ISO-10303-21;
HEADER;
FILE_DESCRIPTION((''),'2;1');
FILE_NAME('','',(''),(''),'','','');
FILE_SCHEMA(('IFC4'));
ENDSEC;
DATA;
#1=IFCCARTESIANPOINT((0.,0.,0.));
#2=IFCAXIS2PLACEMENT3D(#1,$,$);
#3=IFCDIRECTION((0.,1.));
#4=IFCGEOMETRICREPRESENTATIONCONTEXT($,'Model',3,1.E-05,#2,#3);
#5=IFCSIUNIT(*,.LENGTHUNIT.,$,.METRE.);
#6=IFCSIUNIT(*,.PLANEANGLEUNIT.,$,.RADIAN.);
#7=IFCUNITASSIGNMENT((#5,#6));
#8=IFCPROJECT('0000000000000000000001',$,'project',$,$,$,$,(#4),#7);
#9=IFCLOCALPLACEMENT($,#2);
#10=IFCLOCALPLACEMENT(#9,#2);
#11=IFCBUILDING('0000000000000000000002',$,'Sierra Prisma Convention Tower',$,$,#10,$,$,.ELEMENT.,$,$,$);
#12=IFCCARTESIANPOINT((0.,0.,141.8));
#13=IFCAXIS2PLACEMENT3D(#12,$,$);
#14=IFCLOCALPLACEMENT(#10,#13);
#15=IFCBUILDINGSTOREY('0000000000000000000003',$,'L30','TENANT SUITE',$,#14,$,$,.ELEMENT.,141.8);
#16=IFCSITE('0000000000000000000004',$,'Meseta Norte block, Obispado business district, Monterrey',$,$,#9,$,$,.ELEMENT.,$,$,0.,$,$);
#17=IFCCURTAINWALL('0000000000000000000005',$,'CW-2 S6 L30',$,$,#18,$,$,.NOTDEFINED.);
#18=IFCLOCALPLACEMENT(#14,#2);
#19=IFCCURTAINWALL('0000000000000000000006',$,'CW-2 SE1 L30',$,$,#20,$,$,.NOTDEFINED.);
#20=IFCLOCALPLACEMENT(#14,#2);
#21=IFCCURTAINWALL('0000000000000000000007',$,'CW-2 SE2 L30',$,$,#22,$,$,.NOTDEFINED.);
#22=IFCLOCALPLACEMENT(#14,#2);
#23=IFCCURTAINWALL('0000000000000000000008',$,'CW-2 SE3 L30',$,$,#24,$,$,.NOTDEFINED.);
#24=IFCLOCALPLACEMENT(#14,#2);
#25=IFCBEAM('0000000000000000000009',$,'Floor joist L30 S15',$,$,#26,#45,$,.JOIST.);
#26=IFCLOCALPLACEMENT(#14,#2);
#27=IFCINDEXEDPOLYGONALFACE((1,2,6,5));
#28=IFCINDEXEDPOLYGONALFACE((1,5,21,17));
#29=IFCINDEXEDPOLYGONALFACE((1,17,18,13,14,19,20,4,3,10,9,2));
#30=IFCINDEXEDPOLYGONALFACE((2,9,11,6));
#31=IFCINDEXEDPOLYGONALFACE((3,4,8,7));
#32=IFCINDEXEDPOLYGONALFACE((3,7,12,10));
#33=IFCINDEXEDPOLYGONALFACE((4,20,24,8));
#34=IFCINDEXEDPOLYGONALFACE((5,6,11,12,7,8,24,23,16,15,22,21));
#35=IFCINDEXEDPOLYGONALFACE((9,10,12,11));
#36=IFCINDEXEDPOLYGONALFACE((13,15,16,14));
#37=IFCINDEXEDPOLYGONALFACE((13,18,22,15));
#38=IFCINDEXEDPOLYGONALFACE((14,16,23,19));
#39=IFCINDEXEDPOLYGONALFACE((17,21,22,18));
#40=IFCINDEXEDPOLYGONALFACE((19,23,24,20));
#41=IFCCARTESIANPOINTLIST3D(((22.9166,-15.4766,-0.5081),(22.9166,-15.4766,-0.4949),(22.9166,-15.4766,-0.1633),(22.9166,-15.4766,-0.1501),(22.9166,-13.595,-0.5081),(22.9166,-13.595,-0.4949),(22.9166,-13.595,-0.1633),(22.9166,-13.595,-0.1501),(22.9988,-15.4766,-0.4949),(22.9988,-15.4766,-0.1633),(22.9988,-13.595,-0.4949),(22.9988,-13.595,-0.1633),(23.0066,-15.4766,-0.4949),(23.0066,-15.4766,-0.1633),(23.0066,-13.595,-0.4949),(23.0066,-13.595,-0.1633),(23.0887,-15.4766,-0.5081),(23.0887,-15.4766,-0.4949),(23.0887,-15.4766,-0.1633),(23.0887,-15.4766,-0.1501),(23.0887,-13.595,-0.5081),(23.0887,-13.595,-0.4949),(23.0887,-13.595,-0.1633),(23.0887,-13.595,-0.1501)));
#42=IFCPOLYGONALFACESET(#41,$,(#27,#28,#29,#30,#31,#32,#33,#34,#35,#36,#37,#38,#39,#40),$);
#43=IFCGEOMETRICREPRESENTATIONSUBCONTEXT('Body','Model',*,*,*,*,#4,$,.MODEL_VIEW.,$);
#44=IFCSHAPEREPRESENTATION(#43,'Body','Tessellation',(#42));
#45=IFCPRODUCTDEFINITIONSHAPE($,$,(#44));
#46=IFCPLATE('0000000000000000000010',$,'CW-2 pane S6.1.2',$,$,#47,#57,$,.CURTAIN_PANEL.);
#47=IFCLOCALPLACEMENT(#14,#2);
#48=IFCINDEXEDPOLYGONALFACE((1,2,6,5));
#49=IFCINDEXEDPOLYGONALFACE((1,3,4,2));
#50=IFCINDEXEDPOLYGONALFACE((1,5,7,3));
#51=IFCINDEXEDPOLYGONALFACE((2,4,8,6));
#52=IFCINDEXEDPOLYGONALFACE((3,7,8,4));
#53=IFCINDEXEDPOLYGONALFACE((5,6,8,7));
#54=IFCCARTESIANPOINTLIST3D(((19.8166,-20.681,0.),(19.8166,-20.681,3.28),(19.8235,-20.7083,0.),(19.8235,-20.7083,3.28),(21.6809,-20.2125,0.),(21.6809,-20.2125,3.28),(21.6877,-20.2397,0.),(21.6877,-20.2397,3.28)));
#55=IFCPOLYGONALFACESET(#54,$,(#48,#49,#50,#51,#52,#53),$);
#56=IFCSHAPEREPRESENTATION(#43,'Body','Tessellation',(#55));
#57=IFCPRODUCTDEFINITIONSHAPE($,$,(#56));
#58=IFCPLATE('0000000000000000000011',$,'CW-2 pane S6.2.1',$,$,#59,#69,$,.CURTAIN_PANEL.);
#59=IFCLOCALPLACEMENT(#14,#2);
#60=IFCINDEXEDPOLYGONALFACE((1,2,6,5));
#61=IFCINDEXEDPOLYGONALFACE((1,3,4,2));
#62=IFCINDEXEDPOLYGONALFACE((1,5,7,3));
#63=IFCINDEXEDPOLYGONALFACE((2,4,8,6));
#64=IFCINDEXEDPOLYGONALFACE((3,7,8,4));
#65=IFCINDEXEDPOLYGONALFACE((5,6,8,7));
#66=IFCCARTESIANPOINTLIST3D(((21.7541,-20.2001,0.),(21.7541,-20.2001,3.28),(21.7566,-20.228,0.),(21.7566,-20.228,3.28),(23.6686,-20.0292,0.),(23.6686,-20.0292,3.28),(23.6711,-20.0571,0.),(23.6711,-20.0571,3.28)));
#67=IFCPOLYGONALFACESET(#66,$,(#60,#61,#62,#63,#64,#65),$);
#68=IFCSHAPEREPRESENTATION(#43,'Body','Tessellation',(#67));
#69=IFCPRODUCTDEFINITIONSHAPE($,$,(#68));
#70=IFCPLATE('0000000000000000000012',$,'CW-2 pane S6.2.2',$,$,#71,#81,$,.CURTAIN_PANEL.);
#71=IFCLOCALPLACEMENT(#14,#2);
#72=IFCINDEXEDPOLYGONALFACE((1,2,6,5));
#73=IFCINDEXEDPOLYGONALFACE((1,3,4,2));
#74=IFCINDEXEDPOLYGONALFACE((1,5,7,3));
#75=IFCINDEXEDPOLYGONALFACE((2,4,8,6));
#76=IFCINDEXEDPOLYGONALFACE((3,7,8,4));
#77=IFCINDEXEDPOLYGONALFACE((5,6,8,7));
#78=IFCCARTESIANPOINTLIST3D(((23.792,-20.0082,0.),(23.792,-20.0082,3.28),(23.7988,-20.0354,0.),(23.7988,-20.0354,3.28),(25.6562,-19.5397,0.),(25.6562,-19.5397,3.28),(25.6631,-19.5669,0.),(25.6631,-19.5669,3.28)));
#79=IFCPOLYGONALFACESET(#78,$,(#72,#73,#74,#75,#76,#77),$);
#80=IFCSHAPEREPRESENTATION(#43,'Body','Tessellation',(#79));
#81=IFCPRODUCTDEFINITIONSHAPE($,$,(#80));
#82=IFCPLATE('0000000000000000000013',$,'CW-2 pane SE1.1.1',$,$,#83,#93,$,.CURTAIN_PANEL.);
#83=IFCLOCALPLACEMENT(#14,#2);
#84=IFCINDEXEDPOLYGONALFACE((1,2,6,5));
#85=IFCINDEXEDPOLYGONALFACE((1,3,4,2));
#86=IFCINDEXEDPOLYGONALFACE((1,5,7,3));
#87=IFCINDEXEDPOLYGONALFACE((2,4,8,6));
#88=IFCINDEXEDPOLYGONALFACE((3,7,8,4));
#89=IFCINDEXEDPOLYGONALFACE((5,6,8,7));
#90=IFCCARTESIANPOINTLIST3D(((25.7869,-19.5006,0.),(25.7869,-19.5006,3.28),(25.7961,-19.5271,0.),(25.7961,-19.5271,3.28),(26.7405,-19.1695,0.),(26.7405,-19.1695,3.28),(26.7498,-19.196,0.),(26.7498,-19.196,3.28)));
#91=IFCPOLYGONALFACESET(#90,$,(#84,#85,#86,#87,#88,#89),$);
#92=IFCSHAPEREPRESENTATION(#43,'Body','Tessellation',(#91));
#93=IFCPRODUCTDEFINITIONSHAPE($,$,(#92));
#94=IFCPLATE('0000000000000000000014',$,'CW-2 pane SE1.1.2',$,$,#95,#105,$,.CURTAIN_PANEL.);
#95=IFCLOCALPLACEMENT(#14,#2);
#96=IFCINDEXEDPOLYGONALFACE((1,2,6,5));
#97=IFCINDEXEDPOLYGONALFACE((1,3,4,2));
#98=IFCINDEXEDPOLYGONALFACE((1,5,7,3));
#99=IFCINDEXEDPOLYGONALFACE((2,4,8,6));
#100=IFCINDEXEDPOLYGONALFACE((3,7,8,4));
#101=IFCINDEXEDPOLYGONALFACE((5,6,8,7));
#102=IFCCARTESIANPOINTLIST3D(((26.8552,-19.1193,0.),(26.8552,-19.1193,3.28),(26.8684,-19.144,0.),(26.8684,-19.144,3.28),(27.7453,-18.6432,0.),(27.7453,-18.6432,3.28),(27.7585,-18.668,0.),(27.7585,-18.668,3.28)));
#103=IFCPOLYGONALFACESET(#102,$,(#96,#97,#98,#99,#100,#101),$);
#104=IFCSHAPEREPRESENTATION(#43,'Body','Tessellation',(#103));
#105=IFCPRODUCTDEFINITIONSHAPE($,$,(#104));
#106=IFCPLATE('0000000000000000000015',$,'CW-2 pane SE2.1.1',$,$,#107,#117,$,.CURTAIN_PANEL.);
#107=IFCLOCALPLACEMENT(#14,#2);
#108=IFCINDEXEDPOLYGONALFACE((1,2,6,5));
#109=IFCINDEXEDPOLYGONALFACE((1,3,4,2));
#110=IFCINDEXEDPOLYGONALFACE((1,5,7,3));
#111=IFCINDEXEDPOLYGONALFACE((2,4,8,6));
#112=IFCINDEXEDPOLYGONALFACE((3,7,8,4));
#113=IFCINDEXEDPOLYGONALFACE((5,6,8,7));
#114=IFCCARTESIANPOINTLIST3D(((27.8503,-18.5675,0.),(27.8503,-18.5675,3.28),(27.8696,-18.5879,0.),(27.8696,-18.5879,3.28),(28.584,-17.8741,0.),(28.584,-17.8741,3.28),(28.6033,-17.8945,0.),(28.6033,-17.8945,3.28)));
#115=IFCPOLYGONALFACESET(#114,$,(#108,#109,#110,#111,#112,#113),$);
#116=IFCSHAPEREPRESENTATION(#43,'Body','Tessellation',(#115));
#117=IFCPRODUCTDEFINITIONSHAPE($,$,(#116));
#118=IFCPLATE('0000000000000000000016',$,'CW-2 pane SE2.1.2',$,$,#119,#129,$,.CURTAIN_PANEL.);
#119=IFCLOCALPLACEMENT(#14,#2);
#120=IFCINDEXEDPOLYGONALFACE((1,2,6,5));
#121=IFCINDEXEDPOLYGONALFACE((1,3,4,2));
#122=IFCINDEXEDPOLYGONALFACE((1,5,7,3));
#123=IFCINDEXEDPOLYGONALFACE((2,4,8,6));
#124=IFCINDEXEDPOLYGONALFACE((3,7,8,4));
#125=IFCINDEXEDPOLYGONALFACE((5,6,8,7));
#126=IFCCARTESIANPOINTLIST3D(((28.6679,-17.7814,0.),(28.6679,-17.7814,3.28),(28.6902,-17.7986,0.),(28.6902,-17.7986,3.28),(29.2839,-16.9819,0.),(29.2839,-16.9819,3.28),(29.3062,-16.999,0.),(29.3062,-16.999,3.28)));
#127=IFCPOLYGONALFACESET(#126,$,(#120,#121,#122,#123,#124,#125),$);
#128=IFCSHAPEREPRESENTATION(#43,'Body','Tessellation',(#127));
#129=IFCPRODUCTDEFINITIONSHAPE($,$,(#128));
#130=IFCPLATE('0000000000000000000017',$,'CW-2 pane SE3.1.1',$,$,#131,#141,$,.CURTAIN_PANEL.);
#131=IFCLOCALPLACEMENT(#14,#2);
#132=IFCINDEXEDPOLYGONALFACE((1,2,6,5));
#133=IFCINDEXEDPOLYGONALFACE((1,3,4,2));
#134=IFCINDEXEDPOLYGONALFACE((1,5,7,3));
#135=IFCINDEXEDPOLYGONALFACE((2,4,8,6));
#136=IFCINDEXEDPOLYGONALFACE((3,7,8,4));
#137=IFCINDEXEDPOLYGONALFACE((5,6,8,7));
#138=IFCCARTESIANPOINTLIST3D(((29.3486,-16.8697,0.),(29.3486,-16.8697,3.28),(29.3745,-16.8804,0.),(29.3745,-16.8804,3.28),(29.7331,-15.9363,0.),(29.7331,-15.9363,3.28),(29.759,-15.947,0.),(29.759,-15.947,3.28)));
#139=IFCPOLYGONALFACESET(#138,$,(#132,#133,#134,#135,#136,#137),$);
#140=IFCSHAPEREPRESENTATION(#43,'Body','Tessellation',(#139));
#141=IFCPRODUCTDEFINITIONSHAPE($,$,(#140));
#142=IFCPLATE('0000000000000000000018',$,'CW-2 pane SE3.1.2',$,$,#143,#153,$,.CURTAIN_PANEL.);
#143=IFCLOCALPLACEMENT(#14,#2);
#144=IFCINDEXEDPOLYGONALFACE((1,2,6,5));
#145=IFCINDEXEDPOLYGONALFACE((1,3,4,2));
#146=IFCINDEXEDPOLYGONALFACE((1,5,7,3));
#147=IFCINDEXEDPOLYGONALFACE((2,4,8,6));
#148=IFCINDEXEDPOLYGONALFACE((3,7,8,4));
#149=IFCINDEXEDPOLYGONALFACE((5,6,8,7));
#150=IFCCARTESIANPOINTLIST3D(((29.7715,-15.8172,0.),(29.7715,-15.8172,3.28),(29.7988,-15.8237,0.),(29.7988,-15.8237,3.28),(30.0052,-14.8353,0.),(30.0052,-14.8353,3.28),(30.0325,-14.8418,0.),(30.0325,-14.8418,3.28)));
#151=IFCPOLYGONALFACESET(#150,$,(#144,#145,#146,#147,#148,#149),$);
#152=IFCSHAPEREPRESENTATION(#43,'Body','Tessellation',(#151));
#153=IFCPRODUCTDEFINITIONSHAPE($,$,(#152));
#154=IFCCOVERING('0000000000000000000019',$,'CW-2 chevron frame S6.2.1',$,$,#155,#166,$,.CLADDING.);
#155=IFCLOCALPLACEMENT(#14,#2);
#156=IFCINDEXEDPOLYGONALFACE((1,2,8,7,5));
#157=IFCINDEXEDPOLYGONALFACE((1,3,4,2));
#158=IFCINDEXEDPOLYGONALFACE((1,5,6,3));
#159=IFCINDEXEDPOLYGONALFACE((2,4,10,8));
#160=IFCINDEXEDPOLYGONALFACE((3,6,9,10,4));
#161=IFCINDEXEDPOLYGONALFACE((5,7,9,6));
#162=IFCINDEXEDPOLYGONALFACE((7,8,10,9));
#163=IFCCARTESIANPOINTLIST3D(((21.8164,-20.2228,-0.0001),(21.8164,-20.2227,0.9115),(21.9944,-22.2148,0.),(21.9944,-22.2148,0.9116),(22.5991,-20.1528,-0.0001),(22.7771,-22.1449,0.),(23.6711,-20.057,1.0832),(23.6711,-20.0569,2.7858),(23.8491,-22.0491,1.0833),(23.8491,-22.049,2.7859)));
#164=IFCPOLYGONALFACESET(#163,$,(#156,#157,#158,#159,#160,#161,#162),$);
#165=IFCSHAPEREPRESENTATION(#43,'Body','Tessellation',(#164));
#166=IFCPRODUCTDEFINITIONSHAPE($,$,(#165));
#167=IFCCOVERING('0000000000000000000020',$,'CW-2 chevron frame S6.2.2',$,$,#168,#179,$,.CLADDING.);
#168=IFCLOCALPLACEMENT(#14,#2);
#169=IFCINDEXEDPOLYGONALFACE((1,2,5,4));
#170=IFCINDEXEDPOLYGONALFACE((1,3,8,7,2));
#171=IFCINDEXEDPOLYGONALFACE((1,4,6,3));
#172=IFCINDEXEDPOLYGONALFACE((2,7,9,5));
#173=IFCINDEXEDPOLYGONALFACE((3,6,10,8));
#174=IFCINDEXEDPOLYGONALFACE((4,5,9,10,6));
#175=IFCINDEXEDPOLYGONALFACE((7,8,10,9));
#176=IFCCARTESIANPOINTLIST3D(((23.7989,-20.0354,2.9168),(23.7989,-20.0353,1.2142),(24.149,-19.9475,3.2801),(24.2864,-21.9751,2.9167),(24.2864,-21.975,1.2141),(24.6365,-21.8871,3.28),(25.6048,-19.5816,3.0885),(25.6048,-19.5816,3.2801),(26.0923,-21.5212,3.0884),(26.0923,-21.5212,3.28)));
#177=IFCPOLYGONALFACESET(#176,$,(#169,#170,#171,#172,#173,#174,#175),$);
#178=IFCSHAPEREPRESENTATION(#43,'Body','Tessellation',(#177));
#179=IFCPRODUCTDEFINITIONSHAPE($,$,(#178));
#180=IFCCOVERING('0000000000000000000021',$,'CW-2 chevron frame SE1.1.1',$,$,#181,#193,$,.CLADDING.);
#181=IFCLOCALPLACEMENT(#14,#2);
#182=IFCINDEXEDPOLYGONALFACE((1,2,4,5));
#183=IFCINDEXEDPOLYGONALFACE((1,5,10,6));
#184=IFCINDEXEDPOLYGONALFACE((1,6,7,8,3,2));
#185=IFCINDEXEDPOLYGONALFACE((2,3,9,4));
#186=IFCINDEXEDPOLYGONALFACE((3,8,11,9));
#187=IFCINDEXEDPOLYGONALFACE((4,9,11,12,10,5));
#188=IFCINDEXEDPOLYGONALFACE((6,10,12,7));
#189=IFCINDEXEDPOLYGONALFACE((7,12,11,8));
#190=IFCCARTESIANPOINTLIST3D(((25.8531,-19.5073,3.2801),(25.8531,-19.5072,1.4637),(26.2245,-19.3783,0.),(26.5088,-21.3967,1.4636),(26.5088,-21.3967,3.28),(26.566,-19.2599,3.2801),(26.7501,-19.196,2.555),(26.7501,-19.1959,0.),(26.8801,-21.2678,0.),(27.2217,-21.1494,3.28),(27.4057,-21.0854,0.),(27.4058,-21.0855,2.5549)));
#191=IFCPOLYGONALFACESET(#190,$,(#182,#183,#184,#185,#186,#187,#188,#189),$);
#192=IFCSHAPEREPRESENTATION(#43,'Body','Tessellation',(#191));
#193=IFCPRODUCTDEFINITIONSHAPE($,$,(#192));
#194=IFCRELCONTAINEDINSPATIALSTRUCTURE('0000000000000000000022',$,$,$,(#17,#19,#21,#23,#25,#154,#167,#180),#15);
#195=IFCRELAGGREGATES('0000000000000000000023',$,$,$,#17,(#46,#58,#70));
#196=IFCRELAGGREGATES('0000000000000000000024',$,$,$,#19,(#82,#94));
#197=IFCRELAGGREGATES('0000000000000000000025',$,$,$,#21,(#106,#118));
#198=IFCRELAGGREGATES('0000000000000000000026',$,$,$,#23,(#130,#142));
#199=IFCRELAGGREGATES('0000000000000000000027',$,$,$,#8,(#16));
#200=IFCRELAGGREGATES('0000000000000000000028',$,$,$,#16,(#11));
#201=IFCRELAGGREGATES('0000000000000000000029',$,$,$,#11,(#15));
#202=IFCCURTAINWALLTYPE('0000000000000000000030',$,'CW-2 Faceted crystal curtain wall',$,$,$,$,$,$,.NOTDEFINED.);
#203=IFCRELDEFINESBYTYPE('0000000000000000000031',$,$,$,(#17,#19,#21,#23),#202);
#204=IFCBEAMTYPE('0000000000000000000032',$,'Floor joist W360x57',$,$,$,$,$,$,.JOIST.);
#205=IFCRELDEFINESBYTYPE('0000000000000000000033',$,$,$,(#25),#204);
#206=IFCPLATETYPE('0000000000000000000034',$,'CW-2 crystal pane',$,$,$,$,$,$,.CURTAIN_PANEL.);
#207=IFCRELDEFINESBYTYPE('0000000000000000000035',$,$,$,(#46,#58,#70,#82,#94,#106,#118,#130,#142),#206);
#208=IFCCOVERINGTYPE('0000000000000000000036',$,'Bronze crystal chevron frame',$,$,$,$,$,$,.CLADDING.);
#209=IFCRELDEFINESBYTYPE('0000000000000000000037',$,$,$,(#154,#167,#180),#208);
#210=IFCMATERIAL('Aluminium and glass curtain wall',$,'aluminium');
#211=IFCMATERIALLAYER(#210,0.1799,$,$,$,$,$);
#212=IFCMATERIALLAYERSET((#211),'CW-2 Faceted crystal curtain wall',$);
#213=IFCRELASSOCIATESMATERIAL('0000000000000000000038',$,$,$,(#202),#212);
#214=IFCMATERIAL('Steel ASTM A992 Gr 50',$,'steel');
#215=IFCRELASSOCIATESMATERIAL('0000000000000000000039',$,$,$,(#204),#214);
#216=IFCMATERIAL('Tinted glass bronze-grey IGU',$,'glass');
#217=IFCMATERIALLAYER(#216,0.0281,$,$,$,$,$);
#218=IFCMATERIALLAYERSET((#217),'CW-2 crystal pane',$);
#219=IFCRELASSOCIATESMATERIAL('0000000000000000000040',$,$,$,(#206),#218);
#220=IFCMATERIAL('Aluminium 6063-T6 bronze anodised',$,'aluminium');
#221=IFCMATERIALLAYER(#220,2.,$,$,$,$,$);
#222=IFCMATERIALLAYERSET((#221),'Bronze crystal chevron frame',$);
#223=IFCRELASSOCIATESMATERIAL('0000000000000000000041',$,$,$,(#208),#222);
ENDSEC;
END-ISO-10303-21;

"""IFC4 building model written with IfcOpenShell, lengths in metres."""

from ifc_helpers import new_model, si_unit, direction, frame, origin, origin_2d, place, context, subcontext, project, spatial, polyline, i_section, outline, extrude, material, layer, layer_set, material_profile, profile_set, type_object, element, aggregate, save


model = new_model("IFC4")

# Units and contexts
model_context = context("Model", 3, precision=1e-05, world=origin(), true_north=direction((0.0, 1.0)))
body_context = subcontext(model_context, "Body", "Model", "MODEL_VIEW")
ifc_project = project(units=[si_unit("LENGTHUNIT", "METRE"), si_unit("PLANEANGLEUNIT", "RADIAN")], contexts=[model_context])

# Site, building, storey
site_placement = place(None, origin())
site = spatial("IfcSite", under=ifc_project, at=site_placement, Name="Meseta Norte block, Obispado business district, Monterrey", CompositionType="ELEMENT", RefElevation=0.0)
building_placement = place(site_placement, origin())
building = spatial("IfcBuilding", under=site, at=building_placement, Name="Sierra Prisma Convention Tower", CompositionType="ELEMENT")
storey_placement = place(building_placement, frame((0.0, 0.0, 141.8)))
storey = spatial("IfcBuildingStorey", under=building, at=storey_placement, Name="L30", Description="TENANT SUITE", CompositionType="ELEMENT", Elevation=141.8)

# Curtain walls
ifc_material_1 = material(Name="Aluminium and glass curtain wall", Category="aluminium")
ifc_layer_1 = layer(ifc_material_1, 0.1799)
ifc_layer_set_1 = layer_set([ifc_layer_1], Name="CW-2 Faceted crystal curtain wall")
curtain_wall_type = type_object("IfcCurtainWallType", Name="CW-2 Faceted crystal curtain wall", PredefinedType="NOTDEFINED", material=ifc_layer_set_1)
curtain_wall_1_placement = place(storey_placement, origin())
curtain_wall_1 = element("IfcCurtainWall", 1, at=curtain_wall_1_placement, inside=storey, type_object=curtain_wall_type, Name="CW-2 S6 L30", PredefinedType="NOTDEFINED")
curtain_wall_2_placement = place(storey_placement, origin())
curtain_wall_2 = element("IfcCurtainWall", 2, at=curtain_wall_2_placement, inside=storey, type_object=curtain_wall_type, Name="CW-2 SE1 L30", PredefinedType="NOTDEFINED")
curtain_wall_3_placement = place(storey_placement, origin())
curtain_wall_3 = element("IfcCurtainWall", 3, at=curtain_wall_3_placement, inside=storey, type_object=curtain_wall_type, Name="CW-2 SE2 L30", PredefinedType="NOTDEFINED")
curtain_wall_4_placement = place(storey_placement, origin())
curtain_wall_4 = element("IfcCurtainWall", 4, at=curtain_wall_4_placement, inside=storey, type_object=curtain_wall_type, Name="CW-2 SE3 L30", PredefinedType="NOTDEFINED")

# Beam
ifc_material_2 = material(Name="Steel ASTM A992 Gr 50", Category="steel")
ifc_material_profile_1 = material_profile(ifc_material_2, i_section(OverallWidth=0.1721, OverallDepth=0.3579, WebThickness=0.0078, FlangeThickness=0.0132, at=origin_2d()), Name="W360x57")
ifc_profile_set_1 = profile_set([ifc_material_profile_1], Name="Steel ASTM A992 Gr 50")
beam_type = type_object("IfcBeamType", Name="Floor joist W360x57", PredefinedType="JOIST", material=ifc_profile_set_1)
beam_placement = place(storey_placement, frame((23.0027, -15.4766, -0.3291), z_axis=(0.0, 1.0, 0.0), x_axis=(-1.0, 0.0, 0.0)))
element("IfcBeam", 5, at=beam_placement, inside=storey, type_object=beam_type, Name="Floor joist L30 S15", PredefinedType="JOIST", context=body_context, shape_type="SweptSolid", body=[
    extrude(i_section(OverallWidth=0.1721, OverallDepth=0.3579, WebThickness=0.0078, FlangeThickness=0.0132, at=origin_2d()), origin(), (0.0, 0.0, 1.0), 1.8816),
])

# Plates
ifc_material_3 = material(Name="Tinted glass bronze-grey IGU", Category="glass")
ifc_layer_2 = layer(ifc_material_3, 0.0281)
ifc_layer_set_2 = layer_set([ifc_layer_2], Name="CW-2 crystal pane")
plate_type = type_object("IfcPlateType", Name="CW-2 crystal pane", PredefinedType="CURTAIN_PANEL", material=ifc_layer_set_2)
plate_1_placement = place(storey_placement, frame((21.6877, -20.2397, 0.0), z_axis=(0.243731, -0.969843, 0.0), x_axis=(-0.969843, -0.243731, 0.0)))
plate_1 = element("IfcPlate", 6, at=plate_1_placement, type_object=plate_type, Name="CW-2 pane S6.1.2", PredefinedType="CURTAIN_PANEL", context=body_context, shape_type="SweptSolid", body=[
    extrude(outline(polyline([(0.0, 0.0), (1.9222, 0.0), (1.9222, -3.28), (0.0, -3.28), (0.0, 0.0)])), origin(), (0.0, 0.0, -1.0), 0.0281),
])
plate_2_placement = place(storey_placement, frame((21.7566, -20.228, 0.0), z_axis=(0.088909, -0.99604, 0.0), x_axis=(0.99604, 0.088909, 0.0)))
plate_2 = element("IfcPlate", 7, at=plate_2_placement, type_object=plate_type, Name="CW-2 pane S6.2.1", PredefinedType="CURTAIN_PANEL", context=body_context, shape_type="SweptSolid", body=[
    extrude(outline(polyline([(0.0, 0.0), (1.9222, 0.0), (1.9222, 3.28), (0.0, 3.28), (0.0, 0.0)])), origin(), (0.0, 0.0, -1.0), 0.0281),
])
plate_3_placement = place(storey_placement, frame((25.6631, -19.5669, 0.0), z_axis=(0.243731, -0.969843, 0.0), x_axis=(-0.969843, -0.243731, 0.0)))
plate_3 = element("IfcPlate", 8, at=plate_3_placement, type_object=plate_type, Name="CW-2 pane S6.2.2", PredefinedType="CURTAIN_PANEL", context=body_context, shape_type="SweptSolid", body=[
    extrude(outline(polyline([(0.0, 0.0), (1.9222, 0.0), (1.9222, -3.28), (0.0, -3.28), (0.0, 0.0)])), origin(), (0.0, 0.0, -1.0), 0.0281),
])
aggregate(curtain_wall_1, [plate_1, plate_2, plate_3])
plate_4_placement = place(storey_placement, frame((25.7961, -19.5271, 0.0), z_axis=(0.327958, -0.944692, 0.0), x_axis=(0.944692, 0.327958, 0.0)))
plate_4 = element("IfcPlate", 9, at=plate_4_placement, type_object=plate_type, Name="CW-2 pane SE1.1.1", PredefinedType="CURTAIN_PANEL", context=body_context, shape_type="SweptSolid", body=[
    extrude(outline(polyline([(0.0, 0.0), (1.0094, 0.0), (1.0094, 3.28), (0.0, 3.28), (0.0, 0.0)])), origin(), (0.0, 0.0, -1.0), 0.0281),
])
plate_5_placement = place(storey_placement, frame((27.7585, -18.668, 0.0), z_axis=(0.471617, -0.881803, 0.0), x_axis=(-0.881803, -0.471617, 0.0)))
plate_5 = element("IfcPlate", 10, at=plate_5_placement, type_object=plate_type, Name="CW-2 pane SE1.1.2", PredefinedType="CURTAIN_PANEL", context=body_context, shape_type="SweptSolid", body=[
    extrude(outline(polyline([(0.0, 0.0), (1.0095, 0.0), (1.0095, -3.28), (0.0, -3.28), (0.0, 0.0)])), origin(), (0.0, 0.0, -1.0), 0.0281),
])
aggregate(curtain_wall_2, [plate_4, plate_5])
plate_6_placement = place(storey_placement, frame((27.8696, -18.5879, 0.0), z_axis=(0.686872, -0.726778, 0.0), x_axis=(0.726778, 0.686872, 0.0)))
plate_6 = element("IfcPlate", 11, at=plate_6_placement, type_object=plate_type, Name="CW-2 pane SE2.1.1", PredefinedType="CURTAIN_PANEL", context=body_context, shape_type="SweptSolid", body=[
    extrude(outline(polyline([(0.0, 0.0), (1.0094, 0.0), (1.0094, 3.28), (0.0, 3.28), (0.0, 0.0)])), origin(), (0.0, 0.0, -1.0), 0.0281),
])
plate_7_placement = place(storey_placement, frame((29.3062, -16.999, 0.0), z_axis=(0.792183, -0.610283, 0.0), x_axis=(-0.610283, -0.792183, 0.0)))
plate_7 = element("IfcPlate", 12, at=plate_7_placement, type_object=plate_type, Name="CW-2 pane SE2.1.2", PredefinedType="CURTAIN_PANEL", context=body_context, shape_type="SweptSolid", body=[
    extrude(outline(polyline([(0.0, 0.0), (1.0093, 0.0), (1.0093, -3.28), (0.0, -3.28), (0.0, 0.0)])), origin(), (0.0, 0.0, -1.0), 0.0281),
])
aggregate(curtain_wall_3, [plate_6, plate_7])
plate_8_placement = place(storey_placement, frame((29.3745, -16.8804, 0.0), z_axis=(0.924608, -0.38092, 0.0), x_axis=(0.38092, 0.924608, 0.0)))
plate_8 = element("IfcPlate", 13, at=plate_8_placement, type_object=plate_type, Name="CW-2 pane SE3.1.1", PredefinedType="CURTAIN_PANEL", context=body_context, shape_type="SweptSolid", body=[
    extrude(outline(polyline([(0.0, 0.0), (1.0095, 0.0), (1.0095, 3.28), (0.0, 3.28), (0.0, 0.0)])), origin(), (0.0, 0.0, -1.0), 0.0281),
])
plate_9_placement = place(storey_placement, frame((30.0325, -14.8418, 0.0), z_axis=(0.97284, -0.231479, 0.0), x_axis=(-0.231479, -0.97284, 0.0)))
plate_9 = element("IfcPlate", 14, at=plate_9_placement, type_object=plate_type, Name="CW-2 pane SE3.1.2", PredefinedType="CURTAIN_PANEL", context=body_context, shape_type="SweptSolid", body=[
    extrude(outline(polyline([(0.0, 0.0), (1.0093, 0.0), (1.0093, -3.28), (0.0, -3.28), (0.0, 0.0)])), origin(), (0.0, 0.0, -1.0), 0.0281),
])
aggregate(curtain_wall_4, [plate_8, plate_9])

# Coverings
ifc_material_4 = material(Name="Aluminium 6063-T6 bronze anodised", Category="aluminium")
ifc_layer_3 = layer(ifc_material_4, 2.0)
ifc_layer_set_3 = layer_set([ifc_layer_3], Name="Bronze crystal chevron frame")
covering_type = type_object("IfcCoveringType", Name="Bronze crystal chevron frame", PredefinedType="CLADDING", material=ifc_layer_set_3)
covering_1_placement = place(storey_placement, frame((21.9944, -22.2148, 0.0), z_axis=(0.088998, -0.996032, 0.000043), x_axis=(0.996032, 0.088998, 0.0)))
element("IfcCovering", 15, at=covering_1_placement, inside=storey, type_object=covering_type, Name="CW-2 chevron frame S6.2.1", PredefinedType="CLADDING", context=body_context, shape_type="SweptSolid", body=[
    extrude(outline(polyline([(0.0, 0.0), (0.7858, 0.0), (1.8621, 1.0833), (1.8621, 2.7859), (0.0, 0.9116), (0.0, 0.0)])), origin(), (0.0, 0.0, -1.0), 2.0),
])
covering_2_placement = place(storey_placement, frame((26.0923, -21.5212, 3.28), z_axis=(0.243747, -0.969839, -0.000042), x_axis=(-0.969839, -0.243747, 0.0)))
element("IfcCovering", 16, at=covering_2_placement, inside=storey, type_object=covering_type, Name="CW-2 chevron frame S6.2.2", PredefinedType="CLADDING", context=body_context, shape_type="SweptSolid", body=[
    extrude(outline(polyline([(0.0, 0.0), (1.5011, 0.0), (1.8621, 0.3633), (1.8621, 2.0659), (0.0, 0.1917), (0.0, 0.0)])), origin(), (0.0, 0.0, -1.0), 2.0),
])
covering_3_placement = place(storey_placement, frame((26.5088, -21.3967, 3.28), z_axis=(0.327833, -0.944736, -0.00002), x_axis=(-0.000007, 0.000019, -1.0)))
element("IfcCovering", 17, at=covering_3_placement, inside=storey, type_object=covering_type, Name="CW-2 chevron frame SE1.1.1", PredefinedType="CLADDING", context=body_context, shape_type="SweptSolid", body=[
    extrude(outline(polyline([(0.0, 0.0), (1.8164, 0.0), (3.28, 0.3931), (3.28, 0.9494), (0.7251, 0.9494), (0.0, 0.7546), (0.0, 0.0)])), origin(), (0.0, 0.0, -1.0), 2.0),
])

save(model, "model.ifc")
